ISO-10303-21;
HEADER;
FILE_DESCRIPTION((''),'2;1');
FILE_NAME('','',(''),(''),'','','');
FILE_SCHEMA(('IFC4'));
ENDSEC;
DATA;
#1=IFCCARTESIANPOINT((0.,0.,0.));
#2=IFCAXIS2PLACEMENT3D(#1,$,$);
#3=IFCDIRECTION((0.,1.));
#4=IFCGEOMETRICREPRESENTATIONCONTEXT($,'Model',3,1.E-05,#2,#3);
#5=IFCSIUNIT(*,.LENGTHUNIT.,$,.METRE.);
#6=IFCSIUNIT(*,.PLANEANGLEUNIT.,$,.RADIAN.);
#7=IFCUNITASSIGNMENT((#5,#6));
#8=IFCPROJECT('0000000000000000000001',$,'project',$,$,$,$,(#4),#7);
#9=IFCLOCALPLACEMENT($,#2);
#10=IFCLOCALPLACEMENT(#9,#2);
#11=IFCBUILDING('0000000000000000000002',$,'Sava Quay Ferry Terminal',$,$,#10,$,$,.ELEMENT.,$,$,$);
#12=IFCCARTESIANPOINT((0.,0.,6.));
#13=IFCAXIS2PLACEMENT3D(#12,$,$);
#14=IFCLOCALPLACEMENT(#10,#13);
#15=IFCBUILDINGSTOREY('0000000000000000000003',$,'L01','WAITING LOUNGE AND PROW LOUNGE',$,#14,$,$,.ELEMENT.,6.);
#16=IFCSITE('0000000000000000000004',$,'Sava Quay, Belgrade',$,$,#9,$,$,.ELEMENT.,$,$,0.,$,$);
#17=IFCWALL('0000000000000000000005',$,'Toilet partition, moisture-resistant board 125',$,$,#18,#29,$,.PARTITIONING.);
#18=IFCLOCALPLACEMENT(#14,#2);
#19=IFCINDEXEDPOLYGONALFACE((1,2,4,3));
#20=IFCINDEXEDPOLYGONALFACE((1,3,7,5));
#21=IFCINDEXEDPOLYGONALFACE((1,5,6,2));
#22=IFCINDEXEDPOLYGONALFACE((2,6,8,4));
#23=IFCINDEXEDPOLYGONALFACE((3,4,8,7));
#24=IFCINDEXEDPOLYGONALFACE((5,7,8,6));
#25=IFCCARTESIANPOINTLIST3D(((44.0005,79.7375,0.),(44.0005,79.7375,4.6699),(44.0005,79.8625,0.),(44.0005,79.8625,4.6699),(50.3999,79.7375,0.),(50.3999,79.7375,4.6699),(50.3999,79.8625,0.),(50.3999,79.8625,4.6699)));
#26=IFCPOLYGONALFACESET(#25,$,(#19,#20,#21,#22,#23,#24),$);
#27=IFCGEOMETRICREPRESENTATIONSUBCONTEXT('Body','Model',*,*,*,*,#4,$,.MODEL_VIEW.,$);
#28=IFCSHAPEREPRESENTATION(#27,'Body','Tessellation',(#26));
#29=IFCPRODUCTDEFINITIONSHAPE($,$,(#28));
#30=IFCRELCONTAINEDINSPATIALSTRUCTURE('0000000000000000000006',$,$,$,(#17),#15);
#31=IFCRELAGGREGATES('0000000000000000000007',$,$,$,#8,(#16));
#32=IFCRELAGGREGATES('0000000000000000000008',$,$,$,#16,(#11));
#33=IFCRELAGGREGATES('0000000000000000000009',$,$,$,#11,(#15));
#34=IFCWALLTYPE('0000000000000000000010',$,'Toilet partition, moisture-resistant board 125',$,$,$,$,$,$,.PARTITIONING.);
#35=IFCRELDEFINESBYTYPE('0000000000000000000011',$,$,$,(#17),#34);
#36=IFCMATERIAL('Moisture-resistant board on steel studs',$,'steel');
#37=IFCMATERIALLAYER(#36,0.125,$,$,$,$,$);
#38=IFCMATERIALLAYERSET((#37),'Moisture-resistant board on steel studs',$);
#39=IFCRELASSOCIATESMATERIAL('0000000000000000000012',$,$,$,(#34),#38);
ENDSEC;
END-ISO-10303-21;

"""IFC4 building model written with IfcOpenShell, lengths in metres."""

from ifc_helpers import new_model, si_unit, direction, frame, frame_2d, origin, place, context, subcontext, project, spatial, rectangle, extrude, material, layer, layer_set, type_object, element, save


model = new_model("IFC4")

# Units and contexts
model_context = context("Model", 3, precision=1e-05, world=origin(), true_north=direction((0.0, 1.0)))
body_context = subcontext(model_context, "Body", "Model", "MODEL_VIEW")
ifc_project = project(units=[si_unit("LENGTHUNIT", "METRE"), si_unit("PLANEANGLEUNIT", "RADIAN")], contexts=[model_context])

# Site, building, storey
site_placement = place(None, origin())
site = spatial("IfcSite", under=ifc_project, at=site_placement, Name="Sava Quay, Belgrade", CompositionType="ELEMENT", RefElevation=0.0)
building_placement = place(site_placement, origin())
building = spatial("IfcBuilding", under=site, at=building_placement, Name="Sava Quay Ferry Terminal", CompositionType="ELEMENT")
storey_placement = place(building_placement, frame((0.0, 0.0, 6.0)))
storey = spatial("IfcBuildingStorey", under=building, at=storey_placement, Name="L01", Description="WAITING LOUNGE AND PROW LOUNGE", CompositionType="ELEMENT", Elevation=6.0)

# Wall
ifc_material_1 = material(Name="Moisture-resistant board on steel studs", Category="steel")
ifc_layer_1 = layer(ifc_material_1, 0.125)
ifc_layer_set_1 = layer_set([ifc_layer_1], Name="Moisture-resistant board on steel studs")
wall_type_1 = type_object("IfcWallType", Name="Toilet partition, moisture-resistant board 125", PredefinedType="PARTITIONING", material=ifc_layer_set_1)
wall_1_placement = place(storey_placement, frame((44.0005, 79.8, 0.0), z_axis=(0.0, 0.0, 1.0), x_axis=(1.0, 0.0, 0.0)))
element("IfcWall", 1, at=wall_1_placement, inside=storey, type_object=wall_type_1, Name="Toilet partition, moisture-resistant board 125", PredefinedType="PARTITIONING", context=body_context, shape_type="SweptSolid", body=[
    extrude(rectangle(XDim=6.3994, YDim=0.125, at=frame_2d((3.1997, 0.0))), origin(), (0.0, 0.0, 1.0), 4.6699),
])

save(model, "model.ifc")
